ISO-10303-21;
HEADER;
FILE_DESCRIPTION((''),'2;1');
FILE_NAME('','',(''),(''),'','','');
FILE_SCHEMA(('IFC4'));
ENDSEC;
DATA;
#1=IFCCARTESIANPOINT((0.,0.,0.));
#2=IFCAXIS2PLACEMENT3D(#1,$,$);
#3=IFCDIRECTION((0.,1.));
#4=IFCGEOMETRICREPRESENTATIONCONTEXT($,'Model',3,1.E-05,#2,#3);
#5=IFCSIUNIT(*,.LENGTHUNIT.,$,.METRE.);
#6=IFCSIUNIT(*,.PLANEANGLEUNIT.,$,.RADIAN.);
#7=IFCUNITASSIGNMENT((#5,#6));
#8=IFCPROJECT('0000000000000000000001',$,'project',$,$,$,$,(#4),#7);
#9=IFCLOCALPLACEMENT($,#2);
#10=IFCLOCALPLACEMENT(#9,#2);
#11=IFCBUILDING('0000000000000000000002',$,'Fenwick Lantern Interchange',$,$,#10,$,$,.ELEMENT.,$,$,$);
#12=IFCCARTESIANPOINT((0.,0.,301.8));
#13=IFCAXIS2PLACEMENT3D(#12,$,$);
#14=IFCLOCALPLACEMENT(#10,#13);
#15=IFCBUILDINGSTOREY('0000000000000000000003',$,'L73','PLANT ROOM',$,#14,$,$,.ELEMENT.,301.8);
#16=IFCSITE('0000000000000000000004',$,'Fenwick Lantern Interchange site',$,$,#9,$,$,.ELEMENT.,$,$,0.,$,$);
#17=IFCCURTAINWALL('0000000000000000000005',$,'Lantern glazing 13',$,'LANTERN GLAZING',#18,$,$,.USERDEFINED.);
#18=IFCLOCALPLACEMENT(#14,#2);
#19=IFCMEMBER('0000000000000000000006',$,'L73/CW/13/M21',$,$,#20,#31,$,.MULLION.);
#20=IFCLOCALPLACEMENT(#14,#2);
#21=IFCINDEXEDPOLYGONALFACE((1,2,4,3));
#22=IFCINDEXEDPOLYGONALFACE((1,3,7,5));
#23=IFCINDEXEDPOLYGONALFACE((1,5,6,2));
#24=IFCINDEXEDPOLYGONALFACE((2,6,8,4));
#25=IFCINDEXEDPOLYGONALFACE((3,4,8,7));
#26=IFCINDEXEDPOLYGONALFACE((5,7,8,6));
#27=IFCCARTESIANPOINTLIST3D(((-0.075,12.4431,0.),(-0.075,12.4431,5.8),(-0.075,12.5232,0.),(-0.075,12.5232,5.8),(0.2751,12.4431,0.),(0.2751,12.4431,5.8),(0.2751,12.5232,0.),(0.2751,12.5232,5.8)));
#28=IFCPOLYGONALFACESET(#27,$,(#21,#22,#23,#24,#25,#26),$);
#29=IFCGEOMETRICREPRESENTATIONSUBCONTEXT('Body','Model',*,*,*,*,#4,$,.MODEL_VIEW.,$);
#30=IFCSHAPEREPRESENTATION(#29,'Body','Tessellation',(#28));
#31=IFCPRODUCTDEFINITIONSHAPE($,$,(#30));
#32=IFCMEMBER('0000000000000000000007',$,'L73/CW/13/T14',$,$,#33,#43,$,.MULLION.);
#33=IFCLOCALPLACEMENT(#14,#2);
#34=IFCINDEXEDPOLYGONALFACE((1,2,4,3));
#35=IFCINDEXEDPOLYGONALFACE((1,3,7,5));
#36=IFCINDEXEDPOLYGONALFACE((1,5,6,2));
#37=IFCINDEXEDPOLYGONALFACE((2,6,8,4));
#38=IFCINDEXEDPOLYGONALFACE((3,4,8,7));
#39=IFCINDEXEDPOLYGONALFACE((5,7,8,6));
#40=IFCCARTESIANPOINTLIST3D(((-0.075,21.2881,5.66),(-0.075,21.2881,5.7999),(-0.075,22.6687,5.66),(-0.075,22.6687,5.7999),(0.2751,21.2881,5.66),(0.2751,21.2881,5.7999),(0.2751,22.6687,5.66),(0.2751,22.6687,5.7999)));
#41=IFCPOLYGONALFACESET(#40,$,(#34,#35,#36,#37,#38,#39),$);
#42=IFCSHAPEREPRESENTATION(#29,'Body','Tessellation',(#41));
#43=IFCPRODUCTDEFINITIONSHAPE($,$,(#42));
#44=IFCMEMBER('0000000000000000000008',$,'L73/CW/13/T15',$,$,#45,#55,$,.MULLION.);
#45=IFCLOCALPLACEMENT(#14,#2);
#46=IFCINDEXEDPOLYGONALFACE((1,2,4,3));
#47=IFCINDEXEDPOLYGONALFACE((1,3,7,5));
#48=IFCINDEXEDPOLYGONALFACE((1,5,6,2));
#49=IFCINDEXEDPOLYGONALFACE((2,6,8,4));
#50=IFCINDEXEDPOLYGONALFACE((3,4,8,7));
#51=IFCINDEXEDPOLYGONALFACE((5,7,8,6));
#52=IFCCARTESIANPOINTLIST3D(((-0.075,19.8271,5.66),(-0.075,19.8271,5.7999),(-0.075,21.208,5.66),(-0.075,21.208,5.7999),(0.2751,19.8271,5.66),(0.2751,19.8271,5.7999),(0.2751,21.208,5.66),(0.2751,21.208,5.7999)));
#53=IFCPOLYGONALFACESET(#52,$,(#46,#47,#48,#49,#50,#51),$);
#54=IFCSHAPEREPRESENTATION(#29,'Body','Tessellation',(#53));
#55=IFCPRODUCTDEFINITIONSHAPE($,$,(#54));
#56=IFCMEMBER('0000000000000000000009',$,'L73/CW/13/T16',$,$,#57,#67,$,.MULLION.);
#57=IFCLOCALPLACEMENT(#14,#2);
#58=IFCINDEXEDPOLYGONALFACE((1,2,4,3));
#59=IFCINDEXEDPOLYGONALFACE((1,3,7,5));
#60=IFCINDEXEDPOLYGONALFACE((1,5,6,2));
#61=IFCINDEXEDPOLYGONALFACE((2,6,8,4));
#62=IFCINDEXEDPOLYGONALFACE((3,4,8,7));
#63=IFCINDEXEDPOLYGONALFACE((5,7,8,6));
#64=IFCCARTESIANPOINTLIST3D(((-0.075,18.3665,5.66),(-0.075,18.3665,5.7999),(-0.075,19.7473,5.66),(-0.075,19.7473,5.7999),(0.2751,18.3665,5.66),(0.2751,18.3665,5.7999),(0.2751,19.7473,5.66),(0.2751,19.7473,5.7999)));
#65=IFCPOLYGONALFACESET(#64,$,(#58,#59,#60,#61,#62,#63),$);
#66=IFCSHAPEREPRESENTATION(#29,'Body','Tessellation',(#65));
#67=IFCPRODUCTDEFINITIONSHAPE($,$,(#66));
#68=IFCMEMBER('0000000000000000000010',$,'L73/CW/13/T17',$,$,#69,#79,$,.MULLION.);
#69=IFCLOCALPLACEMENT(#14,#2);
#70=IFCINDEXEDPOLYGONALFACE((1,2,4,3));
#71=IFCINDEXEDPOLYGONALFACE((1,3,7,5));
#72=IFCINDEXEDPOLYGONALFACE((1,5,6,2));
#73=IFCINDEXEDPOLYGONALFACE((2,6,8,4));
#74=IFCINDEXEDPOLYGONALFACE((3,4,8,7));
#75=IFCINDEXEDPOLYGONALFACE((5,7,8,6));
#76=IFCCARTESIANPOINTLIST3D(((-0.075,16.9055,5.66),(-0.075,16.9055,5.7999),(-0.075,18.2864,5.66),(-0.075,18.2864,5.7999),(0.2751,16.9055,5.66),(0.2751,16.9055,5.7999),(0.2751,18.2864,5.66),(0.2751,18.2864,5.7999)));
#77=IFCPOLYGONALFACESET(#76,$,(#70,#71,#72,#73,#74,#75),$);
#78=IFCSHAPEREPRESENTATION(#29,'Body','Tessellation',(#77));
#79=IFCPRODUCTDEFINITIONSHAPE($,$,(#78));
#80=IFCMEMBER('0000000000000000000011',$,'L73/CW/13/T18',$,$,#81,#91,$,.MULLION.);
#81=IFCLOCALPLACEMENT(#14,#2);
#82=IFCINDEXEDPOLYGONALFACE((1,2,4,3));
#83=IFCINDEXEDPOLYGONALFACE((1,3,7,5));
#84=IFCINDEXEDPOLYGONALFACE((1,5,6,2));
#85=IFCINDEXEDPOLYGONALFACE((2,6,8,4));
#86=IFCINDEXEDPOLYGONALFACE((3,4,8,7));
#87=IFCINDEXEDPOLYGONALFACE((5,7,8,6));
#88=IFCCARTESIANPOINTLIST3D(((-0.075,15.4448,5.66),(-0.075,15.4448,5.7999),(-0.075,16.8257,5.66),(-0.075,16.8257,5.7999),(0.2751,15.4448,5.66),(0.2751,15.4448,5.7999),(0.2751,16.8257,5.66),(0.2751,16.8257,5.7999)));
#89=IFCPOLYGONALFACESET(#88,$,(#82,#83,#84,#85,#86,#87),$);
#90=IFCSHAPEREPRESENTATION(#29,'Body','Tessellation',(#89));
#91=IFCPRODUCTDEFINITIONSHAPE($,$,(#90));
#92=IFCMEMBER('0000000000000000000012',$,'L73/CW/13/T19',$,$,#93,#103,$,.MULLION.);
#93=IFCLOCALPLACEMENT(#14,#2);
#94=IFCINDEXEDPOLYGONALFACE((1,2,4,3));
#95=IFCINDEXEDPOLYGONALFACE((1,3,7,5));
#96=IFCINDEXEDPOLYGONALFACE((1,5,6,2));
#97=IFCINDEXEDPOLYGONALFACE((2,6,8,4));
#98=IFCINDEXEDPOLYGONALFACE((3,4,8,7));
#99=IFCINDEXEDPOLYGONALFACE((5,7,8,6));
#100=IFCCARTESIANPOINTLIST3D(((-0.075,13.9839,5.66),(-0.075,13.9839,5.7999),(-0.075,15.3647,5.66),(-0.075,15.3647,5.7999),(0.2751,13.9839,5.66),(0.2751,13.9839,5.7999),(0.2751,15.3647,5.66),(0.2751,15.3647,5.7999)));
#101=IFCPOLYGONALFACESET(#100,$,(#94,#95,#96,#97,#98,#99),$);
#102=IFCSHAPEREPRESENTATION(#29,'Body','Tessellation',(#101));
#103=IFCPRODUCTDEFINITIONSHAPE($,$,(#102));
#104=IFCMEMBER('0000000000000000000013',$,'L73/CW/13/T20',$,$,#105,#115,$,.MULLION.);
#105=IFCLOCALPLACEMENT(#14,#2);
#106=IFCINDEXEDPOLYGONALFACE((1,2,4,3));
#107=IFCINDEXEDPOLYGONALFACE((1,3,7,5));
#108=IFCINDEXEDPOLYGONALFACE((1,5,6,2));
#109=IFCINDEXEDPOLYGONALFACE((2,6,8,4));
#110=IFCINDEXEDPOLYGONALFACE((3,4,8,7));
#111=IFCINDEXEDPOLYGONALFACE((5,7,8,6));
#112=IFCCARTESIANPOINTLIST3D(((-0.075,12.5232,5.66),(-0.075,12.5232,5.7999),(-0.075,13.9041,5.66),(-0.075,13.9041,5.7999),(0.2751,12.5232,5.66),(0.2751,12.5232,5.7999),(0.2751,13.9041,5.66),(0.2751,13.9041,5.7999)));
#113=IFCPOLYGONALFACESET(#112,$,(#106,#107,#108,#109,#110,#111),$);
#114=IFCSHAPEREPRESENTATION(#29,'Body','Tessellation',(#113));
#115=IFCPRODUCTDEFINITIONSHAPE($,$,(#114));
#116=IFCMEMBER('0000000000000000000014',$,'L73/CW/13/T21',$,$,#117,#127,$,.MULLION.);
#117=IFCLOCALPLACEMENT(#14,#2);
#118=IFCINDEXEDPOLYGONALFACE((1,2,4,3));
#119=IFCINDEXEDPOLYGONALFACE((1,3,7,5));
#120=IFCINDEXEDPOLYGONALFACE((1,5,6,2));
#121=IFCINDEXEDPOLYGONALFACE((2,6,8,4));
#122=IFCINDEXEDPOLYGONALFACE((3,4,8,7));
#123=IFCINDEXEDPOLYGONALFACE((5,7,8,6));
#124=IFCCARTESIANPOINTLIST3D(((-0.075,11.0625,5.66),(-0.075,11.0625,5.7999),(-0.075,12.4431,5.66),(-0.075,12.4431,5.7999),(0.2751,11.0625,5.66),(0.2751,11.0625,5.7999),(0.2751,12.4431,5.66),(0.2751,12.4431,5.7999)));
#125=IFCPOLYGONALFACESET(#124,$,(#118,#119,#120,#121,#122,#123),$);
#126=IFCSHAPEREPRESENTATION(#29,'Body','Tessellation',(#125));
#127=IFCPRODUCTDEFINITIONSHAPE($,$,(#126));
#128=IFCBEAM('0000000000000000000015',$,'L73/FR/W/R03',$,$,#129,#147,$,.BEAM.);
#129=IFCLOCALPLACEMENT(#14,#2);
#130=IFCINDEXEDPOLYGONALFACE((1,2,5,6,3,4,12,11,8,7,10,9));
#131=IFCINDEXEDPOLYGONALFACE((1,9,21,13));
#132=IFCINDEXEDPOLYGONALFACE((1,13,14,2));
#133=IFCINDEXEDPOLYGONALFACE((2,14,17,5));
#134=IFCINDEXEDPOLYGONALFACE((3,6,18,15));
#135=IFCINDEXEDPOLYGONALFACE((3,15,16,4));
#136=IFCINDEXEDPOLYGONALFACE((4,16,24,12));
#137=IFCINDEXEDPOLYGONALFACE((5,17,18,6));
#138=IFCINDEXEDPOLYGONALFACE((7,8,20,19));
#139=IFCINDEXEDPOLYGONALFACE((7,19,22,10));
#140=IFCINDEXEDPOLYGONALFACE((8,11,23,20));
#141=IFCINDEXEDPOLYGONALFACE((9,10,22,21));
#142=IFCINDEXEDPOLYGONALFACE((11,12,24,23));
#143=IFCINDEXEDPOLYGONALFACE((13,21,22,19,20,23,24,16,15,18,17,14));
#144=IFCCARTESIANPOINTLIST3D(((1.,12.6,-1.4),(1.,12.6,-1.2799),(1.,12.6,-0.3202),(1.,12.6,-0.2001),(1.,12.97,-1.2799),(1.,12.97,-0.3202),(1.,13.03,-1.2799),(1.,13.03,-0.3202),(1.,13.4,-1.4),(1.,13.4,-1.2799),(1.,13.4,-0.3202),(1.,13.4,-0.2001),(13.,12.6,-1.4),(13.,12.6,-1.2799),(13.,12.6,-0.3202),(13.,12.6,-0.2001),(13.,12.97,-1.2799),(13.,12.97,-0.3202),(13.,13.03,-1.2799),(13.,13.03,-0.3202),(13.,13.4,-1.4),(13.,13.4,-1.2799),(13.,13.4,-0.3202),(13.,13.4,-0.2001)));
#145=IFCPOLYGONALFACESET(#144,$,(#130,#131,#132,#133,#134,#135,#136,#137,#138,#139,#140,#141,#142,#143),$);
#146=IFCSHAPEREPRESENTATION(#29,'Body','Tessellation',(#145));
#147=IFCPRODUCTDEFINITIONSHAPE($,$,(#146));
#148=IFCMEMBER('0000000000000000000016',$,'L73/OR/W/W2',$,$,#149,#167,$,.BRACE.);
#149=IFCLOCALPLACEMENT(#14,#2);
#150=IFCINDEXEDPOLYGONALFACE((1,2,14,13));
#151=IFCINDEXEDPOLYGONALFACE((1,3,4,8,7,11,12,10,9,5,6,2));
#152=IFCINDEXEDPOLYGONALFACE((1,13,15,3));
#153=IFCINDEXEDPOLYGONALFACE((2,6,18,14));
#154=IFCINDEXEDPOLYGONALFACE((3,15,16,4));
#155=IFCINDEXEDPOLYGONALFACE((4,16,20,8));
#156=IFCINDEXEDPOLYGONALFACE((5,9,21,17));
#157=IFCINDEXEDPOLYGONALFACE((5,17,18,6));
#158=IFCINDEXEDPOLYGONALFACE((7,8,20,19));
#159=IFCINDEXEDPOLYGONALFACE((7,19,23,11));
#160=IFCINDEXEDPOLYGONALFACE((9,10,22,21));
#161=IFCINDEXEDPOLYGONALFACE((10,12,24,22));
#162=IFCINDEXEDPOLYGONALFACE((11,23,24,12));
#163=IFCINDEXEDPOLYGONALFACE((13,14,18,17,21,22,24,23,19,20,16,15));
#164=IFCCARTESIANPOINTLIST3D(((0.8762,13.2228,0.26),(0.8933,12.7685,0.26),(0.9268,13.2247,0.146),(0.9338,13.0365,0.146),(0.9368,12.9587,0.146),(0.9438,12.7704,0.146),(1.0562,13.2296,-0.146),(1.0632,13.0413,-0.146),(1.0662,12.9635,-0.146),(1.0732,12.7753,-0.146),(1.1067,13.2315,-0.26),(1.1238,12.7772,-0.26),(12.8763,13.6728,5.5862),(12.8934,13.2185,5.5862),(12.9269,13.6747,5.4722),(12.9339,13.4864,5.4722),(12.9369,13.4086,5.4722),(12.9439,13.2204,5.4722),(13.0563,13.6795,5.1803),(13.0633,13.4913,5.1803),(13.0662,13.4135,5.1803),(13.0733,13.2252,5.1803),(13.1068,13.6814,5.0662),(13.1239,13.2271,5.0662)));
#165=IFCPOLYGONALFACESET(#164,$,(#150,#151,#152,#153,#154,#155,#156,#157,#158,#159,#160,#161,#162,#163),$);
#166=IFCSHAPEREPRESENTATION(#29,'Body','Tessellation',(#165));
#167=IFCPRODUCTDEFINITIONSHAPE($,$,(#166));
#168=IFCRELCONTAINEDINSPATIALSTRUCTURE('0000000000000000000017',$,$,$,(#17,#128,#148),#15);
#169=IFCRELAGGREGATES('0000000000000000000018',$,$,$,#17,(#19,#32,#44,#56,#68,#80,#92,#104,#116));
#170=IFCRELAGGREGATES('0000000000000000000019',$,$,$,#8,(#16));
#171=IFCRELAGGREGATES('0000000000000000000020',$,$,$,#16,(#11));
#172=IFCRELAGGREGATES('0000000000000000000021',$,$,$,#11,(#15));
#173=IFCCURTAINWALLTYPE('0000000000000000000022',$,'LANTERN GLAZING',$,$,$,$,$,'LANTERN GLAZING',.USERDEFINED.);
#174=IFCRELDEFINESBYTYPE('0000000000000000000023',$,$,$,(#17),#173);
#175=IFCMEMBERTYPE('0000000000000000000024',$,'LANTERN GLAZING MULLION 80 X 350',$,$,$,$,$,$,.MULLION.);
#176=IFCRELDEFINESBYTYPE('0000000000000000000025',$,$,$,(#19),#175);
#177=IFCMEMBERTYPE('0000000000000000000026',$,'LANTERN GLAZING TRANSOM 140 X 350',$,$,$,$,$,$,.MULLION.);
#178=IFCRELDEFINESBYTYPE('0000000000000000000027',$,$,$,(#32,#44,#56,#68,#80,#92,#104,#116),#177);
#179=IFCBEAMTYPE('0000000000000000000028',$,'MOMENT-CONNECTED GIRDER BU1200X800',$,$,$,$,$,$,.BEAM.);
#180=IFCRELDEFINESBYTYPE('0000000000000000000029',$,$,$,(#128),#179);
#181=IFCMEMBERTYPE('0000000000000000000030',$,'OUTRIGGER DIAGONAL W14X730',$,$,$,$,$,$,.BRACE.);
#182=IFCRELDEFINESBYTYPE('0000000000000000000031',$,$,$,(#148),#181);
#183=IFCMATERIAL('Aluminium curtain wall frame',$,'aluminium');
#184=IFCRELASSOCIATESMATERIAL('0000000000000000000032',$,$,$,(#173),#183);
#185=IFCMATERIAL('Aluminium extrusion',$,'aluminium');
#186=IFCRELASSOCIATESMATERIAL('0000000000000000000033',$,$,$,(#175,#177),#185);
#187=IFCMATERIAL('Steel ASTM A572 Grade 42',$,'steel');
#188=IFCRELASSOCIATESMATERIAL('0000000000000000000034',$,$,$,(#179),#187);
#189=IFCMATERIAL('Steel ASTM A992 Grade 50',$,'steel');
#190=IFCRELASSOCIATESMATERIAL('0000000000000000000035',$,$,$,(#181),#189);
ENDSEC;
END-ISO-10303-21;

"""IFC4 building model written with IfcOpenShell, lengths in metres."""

from ifc_helpers import new_model, si_unit, direction, frame, origin, origin_2d, place, context, subcontext, project, spatial, rectangle, i_section, extrude, material, material_profile, profile_set, type_object, element, aggregate, save


model = new_model("IFC4")

# Units and contexts
model_context = context("Model", 3, precision=1e-05, world=origin(), true_north=direction((0.0, 1.0)))
body_context = subcontext(model_context, "Body", "Model", "MODEL_VIEW")
ifc_project = project(units=[si_unit("LENGTHUNIT", "METRE"), si_unit("PLANEANGLEUNIT", "RADIAN")], contexts=[model_context])

# Site, building, storey
site_placement = place(None, origin())
site = spatial("IfcSite", under=ifc_project, at=site_placement, Name="Fenwick Lantern Interchange site", CompositionType="ELEMENT", RefElevation=0.0)
building_placement = place(site_placement, origin())
building = spatial("IfcBuilding", under=site, at=building_placement, Name="Fenwick Lantern Interchange", CompositionType="ELEMENT")
storey_placement = place(building_placement, frame((0.0, 0.0, 301.8)))
storey = spatial("IfcBuildingStorey", under=building, at=storey_placement, Name="L73", Description="PLANT ROOM", CompositionType="ELEMENT", Elevation=301.8)

# Shared definitions
ifc_material_1 = material(Name="Steel ASTM A992 Grade 50", Category="steel")

# Curtain wall, members
ifc_material_2 = material(Name="Aluminium curtain wall frame", Category="aluminium")
curtain_wall_type = type_object("IfcCurtainWallType", Name="LANTERN GLAZING", ElementType="LANTERN GLAZING", PredefinedType="USERDEFINED", material=ifc_material_2)
curtain_wall_placement = place(storey_placement, origin())
curtain_wall = element("IfcCurtainWall", 1, at=curtain_wall_placement, inside=storey, type_object=curtain_wall_type, Name="Lantern glazing 13", ObjectType="LANTERN GLAZING", PredefinedType="USERDEFINED")
ifc_material_3 = material(Name="Aluminium extrusion", Category="aluminium")
ifc_material_profile_1 = material_profile(ifc_material_3, rectangle(XDim=0.3501, YDim=0.0801, at=origin_2d()), Name="LANTERN GLAZING MULLION 80 X 350")
ifc_profile_set_1 = profile_set([ifc_material_profile_1], Name="Aluminium extrusion")
member_type_1 = type_object("IfcMemberType", Name="LANTERN GLAZING MULLION 80 X 350", PredefinedType="MULLION", material=ifc_profile_set_1)
member_1_placement = place(storey_placement, frame((0.1001, 12.4832, 0.0), z_axis=(0.0, 0.0, 1.0), x_axis=(1.0, 0.0, 0.0)))
member_1 = element("IfcMember", 2, at=member_1_placement, type_object=member_type_1, Name="L73/CW/13/M21", PredefinedType="MULLION", context=body_context, shape_type="SweptSolid", body=[
    extrude(rectangle(XDim=0.3501, YDim=0.0801, at=origin_2d()), origin(), (0.0, 0.0, 1.0), 5.8),
])
ifc_material_profile_2 = material_profile(ifc_material_3, rectangle(XDim=0.3501, YDim=0.1399, at=origin_2d()), Name="LANTERN GLAZING TRANSOM 140 X 350")
ifc_profile_set_2 = profile_set([ifc_material_profile_2], Name="Aluminium extrusion")
member_type_2 = type_object("IfcMemberType", Name="LANTERN GLAZING TRANSOM 140 X 350", PredefinedType="MULLION", material=ifc_profile_set_2)
member_2_placement = place(storey_placement, frame((0.1001, 22.6687, 5.73), z_axis=(0.0, -1.0, 0.0), x_axis=(1.0, 0.0, 0.0)))
member_2 = element("IfcMember", 3, at=member_2_placement, type_object=member_type_2, Name="L73/CW/13/T14", PredefinedType="MULLION", context=body_context, shape_type="SweptSolid", body=[
    extrude(rectangle(XDim=0.3501, YDim=0.1399, at=origin_2d()), origin(), (0.0, 0.0, 1.0), 1.3806),
])
member_3_placement = place(storey_placement, frame((0.1001, 21.208, 5.73), z_axis=(0.0, -1.0, 0.0), x_axis=(1.0, 0.0, 0.0)))
member_3 = element("IfcMember", 4, at=member_3_placement, type_object=member_type_2, Name="L73/CW/13/T15", PredefinedType="MULLION", context=body_context, shape_type="SweptSolid", body=[
    extrude(rectangle(XDim=0.3501, YDim=0.1399, at=origin_2d()), origin(), (0.0, 0.0, 1.0), 1.3809),
])
member_4_placement = place(storey_placement, frame((0.1001, 19.7473, 5.73), z_axis=(0.0, -1.0, 0.0), x_axis=(1.0, 0.0, 0.0)))
member_4 = element("IfcMember", 5, at=member_4_placement, type_object=member_type_2, Name="L73/CW/13/T16", PredefinedType="MULLION", context=body_context, shape_type="SweptSolid", body=[
    extrude(rectangle(XDim=0.3501, YDim=0.1399, at=origin_2d()), origin(), (0.0, 0.0, 1.0), 1.3809),
])
member_5_placement = place(storey_placement, frame((0.1001, 18.2864, 5.73), z_axis=(0.0, -1.0, 0.0), x_axis=(1.0, 0.0, 0.0)))
member_5 = element("IfcMember", 6, at=member_5_placement, type_object=member_type_2, Name="L73/CW/13/T17", PredefinedType="MULLION", context=body_context, shape_type="SweptSolid", body=[
    extrude(rectangle(XDim=0.3501, YDim=0.1399, at=origin_2d()), origin(), (0.0, 0.0, 1.0), 1.3809),
])
member_6_placement = place(storey_placement, frame((0.1001, 16.8257, 5.73), z_axis=(0.0, -1.0, 0.0), x_axis=(1.0, 0.0, 0.0)))
member_6 = element("IfcMember", 7, at=member_6_placement, type_object=member_type_2, Name="L73/CW/13/T18", PredefinedType="MULLION", context=body_context, shape_type="SweptSolid", body=[
    extrude(rectangle(XDim=0.3501, YDim=0.1399, at=origin_2d()), origin(), (0.0, 0.0, 1.0), 1.3809),
])
member_7_placement = place(storey_placement, frame((0.1001, 15.3647, 5.73), z_axis=(0.0, -1.0, 0.0), x_axis=(1.0, 0.0, 0.0)))
member_7 = element("IfcMember", 8, at=member_7_placement, type_object=member_type_2, Name="L73/CW/13/T19", PredefinedType="MULLION", context=body_context, shape_type="SweptSolid", body=[
    extrude(rectangle(XDim=0.3501, YDim=0.1399, at=origin_2d()), origin(), (0.0, 0.0, 1.0), 1.3809),
])
member_8_placement = place(storey_placement, frame((0.1001, 13.9041, 5.73), z_axis=(0.0, -1.0, 0.0), x_axis=(1.0, 0.0, 0.0)))
member_8 = element("IfcMember", 9, at=member_8_placement, type_object=member_type_2, Name="L73/CW/13/T20", PredefinedType="MULLION", context=body_context, shape_type="SweptSolid", body=[
    extrude(rectangle(XDim=0.3501, YDim=0.1399, at=origin_2d()), origin(), (0.0, 0.0, 1.0), 1.3809),
])
member_9_placement = place(storey_placement, frame((0.1001, 12.4431, 5.73), z_axis=(0.0, -1.0, 0.0), x_axis=(1.0, 0.0, 0.0)))
member_9 = element("IfcMember", 10, at=member_9_placement, type_object=member_type_2, Name="L73/CW/13/T21", PredefinedType="MULLION", context=body_context, shape_type="SweptSolid", body=[
    extrude(rectangle(XDim=0.3501, YDim=0.1399, at=origin_2d()), origin(), (0.0, 0.0, 1.0), 1.3806),
])
aggregate(curtain_wall, [member_1, member_2, member_3, member_4, member_5, member_6, member_7, member_8, member_9])

# Beam
ifc_material_4 = material(Name="Steel ASTM A572 Grade 42", Category="steel")
ifc_material_profile_3 = material_profile(ifc_material_4, i_section(OverallWidth=0.8, OverallDepth=1.2, WebThickness=0.0601, FlangeThickness=0.1201, at=origin_2d()), Name="BU1200X800")
ifc_profile_set_3 = profile_set([ifc_material_profile_3], Name="Steel ASTM A572 Grade 42")
beam_type_1 = type_object("IfcBeamType", Name="MOMENT-CONNECTED GIRDER BU1200X800", PredefinedType="BEAM", material=ifc_profile_set_3)
beam_1_placement = place(storey_placement, frame((1.0, 13.0, -0.8), z_axis=(1.0, 0.0, 0.0), x_axis=(0.0, 1.0, 0.0)))
element("IfcBeam", 11, at=beam_1_placement, inside=storey, type_object=beam_type_1, Name="L73/FR/W/R03", PredefinedType="BEAM", context=body_context, shape_type="SweptSolid", body=[
    extrude(i_section(OverallWidth=0.8, OverallDepth=1.2, WebThickness=0.0601, FlangeThickness=0.1201, at=origin_2d()), origin(), (0.0, 0.0, 1.0), 12.0),
])

# Member
ifc_material_profile_4 = material_profile(ifc_material_1, i_section(OverallWidth=0.4546, OverallDepth=0.5688, WebThickness=0.0779, FlangeThickness=0.1248, at=origin_2d()), Name="W14X730")
ifc_profile_set_4 = profile_set([ifc_material_profile_4], Name="Steel ASTM A992 Grade 50")
member_type_3 = type_object("IfcMemberType", Name="OUTRIGGER DIAGONAL W14X730", PredefinedType="BRACE", material=ifc_profile_set_4)
member_10_placement = place(storey_placement, frame((1.0, 13.0, 0.0), z_axis=(0.913478, 0.034252, 0.405445), x_axis=(-0.03747, 0.999298, 0.0)))
element("IfcMember", 12, at=member_10_placement, inside=storey, type_object=member_type_3, Name="L73/OR/W/W2", PredefinedType="BRACE", context=body_context, shape_type="SweptSolid", body=[
    extrude(i_section(OverallWidth=0.4546, OverallDepth=0.5688, WebThickness=0.0779, FlangeThickness=0.1248, at=origin_2d()), origin(), (0.0, 0.0, 1.0), 13.1367),
])

save(model, "model.ifc")
